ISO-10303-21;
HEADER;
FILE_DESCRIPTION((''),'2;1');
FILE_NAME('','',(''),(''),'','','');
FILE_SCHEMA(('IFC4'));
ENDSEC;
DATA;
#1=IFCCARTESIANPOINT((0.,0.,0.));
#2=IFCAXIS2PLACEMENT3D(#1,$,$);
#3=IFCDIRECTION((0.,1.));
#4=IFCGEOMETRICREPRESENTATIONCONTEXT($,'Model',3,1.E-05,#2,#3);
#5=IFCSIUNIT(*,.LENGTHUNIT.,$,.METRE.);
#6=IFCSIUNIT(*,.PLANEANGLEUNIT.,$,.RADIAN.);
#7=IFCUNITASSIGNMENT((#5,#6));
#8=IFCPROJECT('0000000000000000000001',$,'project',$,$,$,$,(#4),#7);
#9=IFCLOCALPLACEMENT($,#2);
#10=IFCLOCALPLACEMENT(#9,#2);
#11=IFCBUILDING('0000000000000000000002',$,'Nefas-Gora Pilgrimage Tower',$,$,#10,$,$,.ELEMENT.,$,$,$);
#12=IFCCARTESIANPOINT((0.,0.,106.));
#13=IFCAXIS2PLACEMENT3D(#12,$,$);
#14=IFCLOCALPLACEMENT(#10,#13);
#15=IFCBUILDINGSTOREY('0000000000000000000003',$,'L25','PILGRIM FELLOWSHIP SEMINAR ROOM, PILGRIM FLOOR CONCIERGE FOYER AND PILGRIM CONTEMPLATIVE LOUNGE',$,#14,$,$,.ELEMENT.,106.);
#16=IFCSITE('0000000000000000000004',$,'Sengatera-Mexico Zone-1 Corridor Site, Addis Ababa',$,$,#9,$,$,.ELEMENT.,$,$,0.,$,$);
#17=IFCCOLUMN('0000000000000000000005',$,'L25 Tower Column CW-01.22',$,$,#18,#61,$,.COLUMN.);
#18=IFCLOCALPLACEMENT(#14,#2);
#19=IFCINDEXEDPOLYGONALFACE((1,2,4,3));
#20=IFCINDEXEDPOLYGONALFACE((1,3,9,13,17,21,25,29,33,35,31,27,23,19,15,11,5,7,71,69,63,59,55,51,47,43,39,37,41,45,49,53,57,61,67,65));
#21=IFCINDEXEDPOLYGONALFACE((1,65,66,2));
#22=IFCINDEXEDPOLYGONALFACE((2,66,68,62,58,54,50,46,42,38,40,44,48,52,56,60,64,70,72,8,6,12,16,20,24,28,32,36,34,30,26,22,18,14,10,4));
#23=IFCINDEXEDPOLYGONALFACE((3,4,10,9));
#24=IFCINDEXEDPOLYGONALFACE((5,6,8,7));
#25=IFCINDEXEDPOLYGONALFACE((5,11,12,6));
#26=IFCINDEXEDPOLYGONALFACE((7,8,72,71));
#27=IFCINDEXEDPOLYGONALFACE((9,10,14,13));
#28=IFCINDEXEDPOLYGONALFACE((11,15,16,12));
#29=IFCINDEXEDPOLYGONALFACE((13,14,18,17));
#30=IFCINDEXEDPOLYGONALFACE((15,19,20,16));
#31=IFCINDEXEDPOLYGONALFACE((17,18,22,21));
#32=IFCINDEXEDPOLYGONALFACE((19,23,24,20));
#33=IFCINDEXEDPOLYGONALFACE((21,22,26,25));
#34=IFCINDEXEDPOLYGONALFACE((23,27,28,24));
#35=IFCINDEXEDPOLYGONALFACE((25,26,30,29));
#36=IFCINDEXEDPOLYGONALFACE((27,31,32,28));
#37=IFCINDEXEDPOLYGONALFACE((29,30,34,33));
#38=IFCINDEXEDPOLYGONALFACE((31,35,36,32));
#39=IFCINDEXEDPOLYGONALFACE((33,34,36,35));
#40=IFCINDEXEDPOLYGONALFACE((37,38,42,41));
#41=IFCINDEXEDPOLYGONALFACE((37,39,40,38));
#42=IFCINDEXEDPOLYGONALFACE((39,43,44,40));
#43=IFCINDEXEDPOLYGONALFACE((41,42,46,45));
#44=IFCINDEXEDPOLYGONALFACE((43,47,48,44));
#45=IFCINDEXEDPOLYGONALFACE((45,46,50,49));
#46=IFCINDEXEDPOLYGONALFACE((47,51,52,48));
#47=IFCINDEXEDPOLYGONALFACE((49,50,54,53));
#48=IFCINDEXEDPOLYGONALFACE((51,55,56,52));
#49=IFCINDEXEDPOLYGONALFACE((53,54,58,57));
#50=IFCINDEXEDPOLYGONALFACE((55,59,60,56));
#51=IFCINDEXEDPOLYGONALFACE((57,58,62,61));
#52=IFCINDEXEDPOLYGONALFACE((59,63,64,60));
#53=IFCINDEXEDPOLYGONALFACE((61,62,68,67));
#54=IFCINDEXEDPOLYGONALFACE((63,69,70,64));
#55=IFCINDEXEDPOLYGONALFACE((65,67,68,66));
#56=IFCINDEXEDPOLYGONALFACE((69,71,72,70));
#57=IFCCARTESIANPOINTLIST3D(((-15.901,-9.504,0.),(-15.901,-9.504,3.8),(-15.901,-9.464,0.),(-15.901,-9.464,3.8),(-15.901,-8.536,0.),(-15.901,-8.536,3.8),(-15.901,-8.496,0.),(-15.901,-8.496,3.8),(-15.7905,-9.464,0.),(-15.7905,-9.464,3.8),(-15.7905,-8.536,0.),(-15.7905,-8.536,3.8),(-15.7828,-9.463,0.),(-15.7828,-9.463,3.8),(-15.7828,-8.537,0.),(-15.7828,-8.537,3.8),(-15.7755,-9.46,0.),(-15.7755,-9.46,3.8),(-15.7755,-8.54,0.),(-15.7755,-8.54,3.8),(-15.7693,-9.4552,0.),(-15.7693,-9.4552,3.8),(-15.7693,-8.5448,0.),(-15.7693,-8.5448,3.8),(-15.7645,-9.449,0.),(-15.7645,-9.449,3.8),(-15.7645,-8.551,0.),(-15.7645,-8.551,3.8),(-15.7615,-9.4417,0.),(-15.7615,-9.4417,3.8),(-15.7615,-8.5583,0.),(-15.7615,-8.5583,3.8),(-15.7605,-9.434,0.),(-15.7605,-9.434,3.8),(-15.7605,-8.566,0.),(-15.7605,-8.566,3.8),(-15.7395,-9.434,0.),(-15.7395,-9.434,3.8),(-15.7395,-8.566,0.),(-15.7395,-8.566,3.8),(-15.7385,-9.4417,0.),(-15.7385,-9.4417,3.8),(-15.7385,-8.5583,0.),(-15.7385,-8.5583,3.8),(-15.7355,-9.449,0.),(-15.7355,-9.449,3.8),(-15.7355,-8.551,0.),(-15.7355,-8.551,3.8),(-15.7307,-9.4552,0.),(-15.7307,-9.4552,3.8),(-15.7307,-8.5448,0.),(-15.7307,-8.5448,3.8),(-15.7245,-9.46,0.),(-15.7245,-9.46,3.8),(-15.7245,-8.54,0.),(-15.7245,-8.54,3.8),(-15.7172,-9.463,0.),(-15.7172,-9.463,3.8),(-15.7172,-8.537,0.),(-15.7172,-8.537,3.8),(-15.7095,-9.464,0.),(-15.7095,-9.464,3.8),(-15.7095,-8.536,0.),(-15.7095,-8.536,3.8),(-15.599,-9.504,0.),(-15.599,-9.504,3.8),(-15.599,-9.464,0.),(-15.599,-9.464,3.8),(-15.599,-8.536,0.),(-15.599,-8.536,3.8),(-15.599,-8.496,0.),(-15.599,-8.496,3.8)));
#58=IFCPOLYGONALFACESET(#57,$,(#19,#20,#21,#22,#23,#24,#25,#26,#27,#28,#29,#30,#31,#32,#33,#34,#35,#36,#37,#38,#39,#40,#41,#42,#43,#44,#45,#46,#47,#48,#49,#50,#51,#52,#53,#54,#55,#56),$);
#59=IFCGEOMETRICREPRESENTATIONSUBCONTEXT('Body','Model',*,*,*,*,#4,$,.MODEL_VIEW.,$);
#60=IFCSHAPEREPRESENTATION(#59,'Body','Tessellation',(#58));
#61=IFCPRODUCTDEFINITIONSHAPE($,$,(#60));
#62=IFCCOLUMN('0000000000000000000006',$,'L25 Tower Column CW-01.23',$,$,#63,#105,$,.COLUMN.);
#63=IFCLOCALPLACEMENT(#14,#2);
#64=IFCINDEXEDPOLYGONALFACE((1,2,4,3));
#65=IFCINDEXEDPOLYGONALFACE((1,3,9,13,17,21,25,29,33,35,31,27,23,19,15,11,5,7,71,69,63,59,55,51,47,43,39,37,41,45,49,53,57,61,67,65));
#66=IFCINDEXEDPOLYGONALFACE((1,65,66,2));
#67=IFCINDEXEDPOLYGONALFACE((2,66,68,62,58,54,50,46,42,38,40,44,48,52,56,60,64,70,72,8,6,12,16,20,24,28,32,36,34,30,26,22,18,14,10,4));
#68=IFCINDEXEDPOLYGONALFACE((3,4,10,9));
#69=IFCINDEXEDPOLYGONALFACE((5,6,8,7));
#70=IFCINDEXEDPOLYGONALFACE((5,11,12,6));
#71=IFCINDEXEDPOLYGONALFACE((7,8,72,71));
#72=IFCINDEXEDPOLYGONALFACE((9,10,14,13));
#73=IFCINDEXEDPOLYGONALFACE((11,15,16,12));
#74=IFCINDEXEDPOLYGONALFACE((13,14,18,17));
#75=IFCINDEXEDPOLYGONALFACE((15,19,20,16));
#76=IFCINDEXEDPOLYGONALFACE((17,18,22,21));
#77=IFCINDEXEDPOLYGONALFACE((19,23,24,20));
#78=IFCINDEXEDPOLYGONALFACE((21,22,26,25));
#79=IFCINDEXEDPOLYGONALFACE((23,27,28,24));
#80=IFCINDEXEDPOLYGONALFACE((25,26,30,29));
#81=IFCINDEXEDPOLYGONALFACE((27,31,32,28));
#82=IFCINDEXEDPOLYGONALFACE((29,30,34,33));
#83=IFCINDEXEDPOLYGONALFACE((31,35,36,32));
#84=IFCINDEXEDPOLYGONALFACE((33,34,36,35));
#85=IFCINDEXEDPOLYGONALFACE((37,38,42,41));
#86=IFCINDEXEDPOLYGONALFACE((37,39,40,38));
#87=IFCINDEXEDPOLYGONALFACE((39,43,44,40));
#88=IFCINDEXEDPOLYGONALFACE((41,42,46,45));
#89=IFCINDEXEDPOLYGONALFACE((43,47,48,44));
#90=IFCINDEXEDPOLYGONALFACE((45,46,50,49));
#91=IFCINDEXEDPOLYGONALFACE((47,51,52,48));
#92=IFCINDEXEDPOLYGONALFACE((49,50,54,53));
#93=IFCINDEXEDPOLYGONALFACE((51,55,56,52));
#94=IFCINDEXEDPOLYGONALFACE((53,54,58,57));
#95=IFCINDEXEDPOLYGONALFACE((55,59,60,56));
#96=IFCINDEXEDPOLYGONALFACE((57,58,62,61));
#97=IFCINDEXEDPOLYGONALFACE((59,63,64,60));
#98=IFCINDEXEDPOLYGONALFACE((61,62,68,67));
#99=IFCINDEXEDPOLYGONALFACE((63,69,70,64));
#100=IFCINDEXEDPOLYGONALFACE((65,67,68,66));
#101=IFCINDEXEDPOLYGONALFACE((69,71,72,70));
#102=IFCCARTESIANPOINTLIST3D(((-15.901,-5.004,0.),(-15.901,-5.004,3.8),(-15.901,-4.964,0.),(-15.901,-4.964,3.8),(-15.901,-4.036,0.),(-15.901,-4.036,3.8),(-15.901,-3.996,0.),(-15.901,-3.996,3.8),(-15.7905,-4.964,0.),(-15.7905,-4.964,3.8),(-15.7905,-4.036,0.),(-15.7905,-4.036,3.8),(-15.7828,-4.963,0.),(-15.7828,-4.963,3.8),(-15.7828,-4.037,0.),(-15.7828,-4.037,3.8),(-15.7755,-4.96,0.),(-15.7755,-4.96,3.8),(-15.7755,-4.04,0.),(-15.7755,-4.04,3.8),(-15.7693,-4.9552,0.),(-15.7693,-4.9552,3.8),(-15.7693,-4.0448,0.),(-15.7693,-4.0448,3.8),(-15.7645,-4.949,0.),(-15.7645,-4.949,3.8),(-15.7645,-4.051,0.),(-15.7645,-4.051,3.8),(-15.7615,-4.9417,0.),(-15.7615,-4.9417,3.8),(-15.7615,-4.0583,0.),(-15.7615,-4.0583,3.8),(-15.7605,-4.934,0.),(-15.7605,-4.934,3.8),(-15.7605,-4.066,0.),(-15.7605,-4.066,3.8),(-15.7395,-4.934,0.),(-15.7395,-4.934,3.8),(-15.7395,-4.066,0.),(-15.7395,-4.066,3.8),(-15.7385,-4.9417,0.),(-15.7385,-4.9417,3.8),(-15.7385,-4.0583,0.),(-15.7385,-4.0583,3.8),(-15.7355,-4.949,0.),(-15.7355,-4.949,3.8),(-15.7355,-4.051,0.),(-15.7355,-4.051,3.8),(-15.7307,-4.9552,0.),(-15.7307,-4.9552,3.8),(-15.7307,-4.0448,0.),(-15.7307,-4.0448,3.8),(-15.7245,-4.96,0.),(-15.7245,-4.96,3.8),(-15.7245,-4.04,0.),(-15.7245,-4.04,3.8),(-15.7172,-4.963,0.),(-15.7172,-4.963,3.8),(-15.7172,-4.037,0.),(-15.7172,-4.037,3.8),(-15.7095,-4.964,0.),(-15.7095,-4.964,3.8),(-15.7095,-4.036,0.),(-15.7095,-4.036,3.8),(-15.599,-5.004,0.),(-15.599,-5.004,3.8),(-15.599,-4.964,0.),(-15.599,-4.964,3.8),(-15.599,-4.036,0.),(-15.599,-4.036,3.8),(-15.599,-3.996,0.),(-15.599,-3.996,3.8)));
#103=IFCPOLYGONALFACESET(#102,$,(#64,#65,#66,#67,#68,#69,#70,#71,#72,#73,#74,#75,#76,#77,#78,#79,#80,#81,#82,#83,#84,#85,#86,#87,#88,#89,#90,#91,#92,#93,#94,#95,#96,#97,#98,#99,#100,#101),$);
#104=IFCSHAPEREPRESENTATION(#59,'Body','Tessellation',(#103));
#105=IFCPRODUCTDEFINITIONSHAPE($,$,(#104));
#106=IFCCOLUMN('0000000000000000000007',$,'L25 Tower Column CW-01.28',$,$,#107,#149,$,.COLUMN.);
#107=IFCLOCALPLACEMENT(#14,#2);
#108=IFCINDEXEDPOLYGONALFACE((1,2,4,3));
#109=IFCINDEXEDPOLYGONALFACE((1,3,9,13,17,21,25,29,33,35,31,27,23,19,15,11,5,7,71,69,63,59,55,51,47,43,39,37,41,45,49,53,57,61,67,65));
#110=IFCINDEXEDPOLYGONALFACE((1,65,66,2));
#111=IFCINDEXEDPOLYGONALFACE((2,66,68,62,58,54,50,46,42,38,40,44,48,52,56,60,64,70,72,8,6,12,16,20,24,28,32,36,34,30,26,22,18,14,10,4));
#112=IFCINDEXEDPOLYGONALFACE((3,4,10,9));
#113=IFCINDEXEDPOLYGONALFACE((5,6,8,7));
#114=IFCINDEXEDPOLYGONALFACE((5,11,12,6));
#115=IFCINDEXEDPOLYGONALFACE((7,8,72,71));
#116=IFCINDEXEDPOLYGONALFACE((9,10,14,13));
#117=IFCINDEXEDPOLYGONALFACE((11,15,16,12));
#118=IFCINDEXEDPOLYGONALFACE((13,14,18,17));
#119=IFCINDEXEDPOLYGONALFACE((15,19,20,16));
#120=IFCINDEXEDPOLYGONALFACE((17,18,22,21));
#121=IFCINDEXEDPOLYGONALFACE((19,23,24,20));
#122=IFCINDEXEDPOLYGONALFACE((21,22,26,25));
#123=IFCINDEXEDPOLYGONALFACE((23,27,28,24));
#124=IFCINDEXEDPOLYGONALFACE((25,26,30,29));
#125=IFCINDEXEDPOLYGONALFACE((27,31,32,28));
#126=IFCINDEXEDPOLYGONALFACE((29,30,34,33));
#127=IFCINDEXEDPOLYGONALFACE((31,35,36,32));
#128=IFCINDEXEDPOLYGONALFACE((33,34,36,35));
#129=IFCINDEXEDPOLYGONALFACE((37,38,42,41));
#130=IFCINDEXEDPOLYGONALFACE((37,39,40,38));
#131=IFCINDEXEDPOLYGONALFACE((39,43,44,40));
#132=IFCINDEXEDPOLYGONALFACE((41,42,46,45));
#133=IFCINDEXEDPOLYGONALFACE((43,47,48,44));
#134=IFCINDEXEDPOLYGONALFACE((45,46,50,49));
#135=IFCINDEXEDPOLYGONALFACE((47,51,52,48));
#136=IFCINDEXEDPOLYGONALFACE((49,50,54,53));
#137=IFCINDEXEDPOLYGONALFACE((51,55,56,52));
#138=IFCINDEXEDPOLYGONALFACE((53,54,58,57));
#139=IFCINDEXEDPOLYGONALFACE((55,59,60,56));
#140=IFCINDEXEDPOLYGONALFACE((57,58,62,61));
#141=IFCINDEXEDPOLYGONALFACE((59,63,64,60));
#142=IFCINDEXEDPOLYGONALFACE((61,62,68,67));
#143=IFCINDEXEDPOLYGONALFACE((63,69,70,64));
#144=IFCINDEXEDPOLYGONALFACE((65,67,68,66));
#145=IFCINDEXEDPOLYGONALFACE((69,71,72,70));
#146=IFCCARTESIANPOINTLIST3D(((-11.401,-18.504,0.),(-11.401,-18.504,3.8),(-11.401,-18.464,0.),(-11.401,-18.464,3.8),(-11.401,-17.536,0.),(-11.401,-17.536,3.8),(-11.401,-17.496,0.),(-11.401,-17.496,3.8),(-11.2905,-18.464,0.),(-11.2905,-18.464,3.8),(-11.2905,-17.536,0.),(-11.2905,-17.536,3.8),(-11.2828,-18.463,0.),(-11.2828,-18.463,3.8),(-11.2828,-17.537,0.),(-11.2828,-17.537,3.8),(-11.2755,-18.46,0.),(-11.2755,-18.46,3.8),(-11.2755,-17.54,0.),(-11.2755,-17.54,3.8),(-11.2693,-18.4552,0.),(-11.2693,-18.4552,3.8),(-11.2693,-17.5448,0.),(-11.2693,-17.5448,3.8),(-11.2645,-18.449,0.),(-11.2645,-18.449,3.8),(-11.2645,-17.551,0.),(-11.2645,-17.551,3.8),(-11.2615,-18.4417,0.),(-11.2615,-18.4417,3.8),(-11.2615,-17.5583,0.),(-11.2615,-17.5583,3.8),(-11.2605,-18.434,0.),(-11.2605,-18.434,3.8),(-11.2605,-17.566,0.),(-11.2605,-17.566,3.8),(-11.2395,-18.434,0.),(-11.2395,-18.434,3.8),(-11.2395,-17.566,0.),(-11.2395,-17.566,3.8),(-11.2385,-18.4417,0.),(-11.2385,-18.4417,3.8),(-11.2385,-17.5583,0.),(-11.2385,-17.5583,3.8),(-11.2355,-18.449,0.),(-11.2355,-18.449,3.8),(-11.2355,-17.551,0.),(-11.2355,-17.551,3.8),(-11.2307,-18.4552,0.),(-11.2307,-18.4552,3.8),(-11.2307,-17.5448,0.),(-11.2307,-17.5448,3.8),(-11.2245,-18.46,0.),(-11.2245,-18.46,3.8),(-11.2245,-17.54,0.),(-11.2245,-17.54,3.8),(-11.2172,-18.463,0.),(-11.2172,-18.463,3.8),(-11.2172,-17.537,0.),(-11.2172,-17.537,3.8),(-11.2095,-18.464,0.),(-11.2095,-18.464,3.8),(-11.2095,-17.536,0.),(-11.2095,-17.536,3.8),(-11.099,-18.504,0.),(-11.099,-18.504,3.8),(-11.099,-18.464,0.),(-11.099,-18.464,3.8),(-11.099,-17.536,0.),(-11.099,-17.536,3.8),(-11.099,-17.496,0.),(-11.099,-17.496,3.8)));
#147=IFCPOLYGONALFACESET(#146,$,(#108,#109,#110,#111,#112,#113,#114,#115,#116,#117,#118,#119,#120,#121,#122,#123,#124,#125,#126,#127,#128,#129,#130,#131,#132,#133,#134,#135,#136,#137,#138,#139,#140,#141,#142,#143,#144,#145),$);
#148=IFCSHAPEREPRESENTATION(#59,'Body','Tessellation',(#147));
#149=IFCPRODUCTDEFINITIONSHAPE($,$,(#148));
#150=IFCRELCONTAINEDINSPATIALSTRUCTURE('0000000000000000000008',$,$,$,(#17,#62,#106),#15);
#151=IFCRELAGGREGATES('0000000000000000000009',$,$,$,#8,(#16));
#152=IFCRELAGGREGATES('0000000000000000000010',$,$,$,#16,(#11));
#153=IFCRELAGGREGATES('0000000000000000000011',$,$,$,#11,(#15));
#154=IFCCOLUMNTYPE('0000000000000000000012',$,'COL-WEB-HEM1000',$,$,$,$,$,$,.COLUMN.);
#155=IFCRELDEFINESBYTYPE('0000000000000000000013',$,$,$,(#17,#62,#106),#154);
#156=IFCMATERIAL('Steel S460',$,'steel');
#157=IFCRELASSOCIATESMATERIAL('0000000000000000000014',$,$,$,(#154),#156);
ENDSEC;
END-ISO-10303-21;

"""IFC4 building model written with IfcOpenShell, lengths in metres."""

from ifc_helpers import new_model, si_unit, direction, frame, origin, origin_2d, place, context, subcontext, project, spatial, i_section, extrude, source, transform, mapped, material, material_profile, profile_set, type_object, element, save


model = new_model("IFC4")

# Units and contexts
model_context = context("Model", 3, precision=1e-05, world=origin(), true_north=direction((0.0, 1.0)))
body_context = subcontext(model_context, "Body", "Model", "MODEL_VIEW")
ifc_project = project(units=[si_unit("LENGTHUNIT", "METRE"), si_unit("PLANEANGLEUNIT", "RADIAN")], contexts=[model_context])

# Site, building, storey
site_placement = place(None, origin())
site = spatial("IfcSite", under=ifc_project, at=site_placement, Name="Sengatera-Mexico Zone-1 Corridor Site, Addis Ababa", CompositionType="ELEMENT", RefElevation=0.0)
building_placement = place(site_placement, origin())
building = spatial("IfcBuilding", under=site, at=building_placement, Name="Nefas-Gora Pilgrimage Tower", CompositionType="ELEMENT")
storey_placement = place(building_placement, frame((0.0, 0.0, 106.0)))
storey = spatial("IfcBuildingStorey", under=building, at=storey_placement, Name="L25", Description="PILGRIM FELLOWSHIP SEMINAR ROOM, PILGRIM FLOOR CONCIERGE FOYER AND PILGRIM CONTEMPLATIVE LOUNGE", CompositionType="ELEMENT", Elevation=106.0)

# Columns
ifc_material_1 = material(Name="Steel S460", Category="steel")
ifc_material_profile_1 = material_profile(ifc_material_1, i_section(OverallWidth=0.302, OverallDepth=1.0081, WebThickness=0.021, FlangeThickness=0.04, FilletRadius=0.03, at=origin_2d()), Name="HEM 1000")
ifc_profile_set_1 = profile_set([ifc_material_profile_1], Name="Steel S460")
column_type_1 = type_object("IfcColumnType", Name="COL-WEB-HEM1000", PredefinedType="COLUMN", material=ifc_profile_set_1)
shared_shape_1 = source(origin(), body_context, "Body", "SweptSolid", [
    extrude(i_section(OverallWidth=0.302, OverallDepth=1.0081, WebThickness=0.021, FlangeThickness=0.04, FilletRadius=0.03, at=origin_2d()), origin(), (0.0, 0.0, 1.0), 3.8),
])
for number, where, z_axis, x_axis, name in (
    (1, (-15.75, -9.0, 0.0), (0.0, 0.0, 1.0), (1.0, 0.0, 0.0), "L25 Tower Column CW-01.22"),
    (2, (-15.75, -4.5, 0.0), (0.0, 0.0, 1.0), (1.0, 0.0, 0.0), "L25 Tower Column CW-01.23"),
    (3, (-11.25, -18.0, 0.0), (0.0, 0.0, 1.0), (1.0, 0.0, 0.0), "L25 Tower Column CW-01.28"),
):
    element("IfcColumn", number, at=place(storey_placement, frame(where, z_axis=z_axis, x_axis=x_axis)), inside=storey, type_object=column_type_1, Name=name, PredefinedType="COLUMN", context=body_context, shape_type="MappedRepresentation", body=[
        mapped(shared_shape_1, transform((0.0, 0.0, 0.0), x_axis=(1.0, 0.0, 0.0), y_axis=(0.0, 1.0, 0.0), z_axis=(0.0, 0.0, 1.0), scale=1.0)),
    ])

save(model, "model.ifc")
